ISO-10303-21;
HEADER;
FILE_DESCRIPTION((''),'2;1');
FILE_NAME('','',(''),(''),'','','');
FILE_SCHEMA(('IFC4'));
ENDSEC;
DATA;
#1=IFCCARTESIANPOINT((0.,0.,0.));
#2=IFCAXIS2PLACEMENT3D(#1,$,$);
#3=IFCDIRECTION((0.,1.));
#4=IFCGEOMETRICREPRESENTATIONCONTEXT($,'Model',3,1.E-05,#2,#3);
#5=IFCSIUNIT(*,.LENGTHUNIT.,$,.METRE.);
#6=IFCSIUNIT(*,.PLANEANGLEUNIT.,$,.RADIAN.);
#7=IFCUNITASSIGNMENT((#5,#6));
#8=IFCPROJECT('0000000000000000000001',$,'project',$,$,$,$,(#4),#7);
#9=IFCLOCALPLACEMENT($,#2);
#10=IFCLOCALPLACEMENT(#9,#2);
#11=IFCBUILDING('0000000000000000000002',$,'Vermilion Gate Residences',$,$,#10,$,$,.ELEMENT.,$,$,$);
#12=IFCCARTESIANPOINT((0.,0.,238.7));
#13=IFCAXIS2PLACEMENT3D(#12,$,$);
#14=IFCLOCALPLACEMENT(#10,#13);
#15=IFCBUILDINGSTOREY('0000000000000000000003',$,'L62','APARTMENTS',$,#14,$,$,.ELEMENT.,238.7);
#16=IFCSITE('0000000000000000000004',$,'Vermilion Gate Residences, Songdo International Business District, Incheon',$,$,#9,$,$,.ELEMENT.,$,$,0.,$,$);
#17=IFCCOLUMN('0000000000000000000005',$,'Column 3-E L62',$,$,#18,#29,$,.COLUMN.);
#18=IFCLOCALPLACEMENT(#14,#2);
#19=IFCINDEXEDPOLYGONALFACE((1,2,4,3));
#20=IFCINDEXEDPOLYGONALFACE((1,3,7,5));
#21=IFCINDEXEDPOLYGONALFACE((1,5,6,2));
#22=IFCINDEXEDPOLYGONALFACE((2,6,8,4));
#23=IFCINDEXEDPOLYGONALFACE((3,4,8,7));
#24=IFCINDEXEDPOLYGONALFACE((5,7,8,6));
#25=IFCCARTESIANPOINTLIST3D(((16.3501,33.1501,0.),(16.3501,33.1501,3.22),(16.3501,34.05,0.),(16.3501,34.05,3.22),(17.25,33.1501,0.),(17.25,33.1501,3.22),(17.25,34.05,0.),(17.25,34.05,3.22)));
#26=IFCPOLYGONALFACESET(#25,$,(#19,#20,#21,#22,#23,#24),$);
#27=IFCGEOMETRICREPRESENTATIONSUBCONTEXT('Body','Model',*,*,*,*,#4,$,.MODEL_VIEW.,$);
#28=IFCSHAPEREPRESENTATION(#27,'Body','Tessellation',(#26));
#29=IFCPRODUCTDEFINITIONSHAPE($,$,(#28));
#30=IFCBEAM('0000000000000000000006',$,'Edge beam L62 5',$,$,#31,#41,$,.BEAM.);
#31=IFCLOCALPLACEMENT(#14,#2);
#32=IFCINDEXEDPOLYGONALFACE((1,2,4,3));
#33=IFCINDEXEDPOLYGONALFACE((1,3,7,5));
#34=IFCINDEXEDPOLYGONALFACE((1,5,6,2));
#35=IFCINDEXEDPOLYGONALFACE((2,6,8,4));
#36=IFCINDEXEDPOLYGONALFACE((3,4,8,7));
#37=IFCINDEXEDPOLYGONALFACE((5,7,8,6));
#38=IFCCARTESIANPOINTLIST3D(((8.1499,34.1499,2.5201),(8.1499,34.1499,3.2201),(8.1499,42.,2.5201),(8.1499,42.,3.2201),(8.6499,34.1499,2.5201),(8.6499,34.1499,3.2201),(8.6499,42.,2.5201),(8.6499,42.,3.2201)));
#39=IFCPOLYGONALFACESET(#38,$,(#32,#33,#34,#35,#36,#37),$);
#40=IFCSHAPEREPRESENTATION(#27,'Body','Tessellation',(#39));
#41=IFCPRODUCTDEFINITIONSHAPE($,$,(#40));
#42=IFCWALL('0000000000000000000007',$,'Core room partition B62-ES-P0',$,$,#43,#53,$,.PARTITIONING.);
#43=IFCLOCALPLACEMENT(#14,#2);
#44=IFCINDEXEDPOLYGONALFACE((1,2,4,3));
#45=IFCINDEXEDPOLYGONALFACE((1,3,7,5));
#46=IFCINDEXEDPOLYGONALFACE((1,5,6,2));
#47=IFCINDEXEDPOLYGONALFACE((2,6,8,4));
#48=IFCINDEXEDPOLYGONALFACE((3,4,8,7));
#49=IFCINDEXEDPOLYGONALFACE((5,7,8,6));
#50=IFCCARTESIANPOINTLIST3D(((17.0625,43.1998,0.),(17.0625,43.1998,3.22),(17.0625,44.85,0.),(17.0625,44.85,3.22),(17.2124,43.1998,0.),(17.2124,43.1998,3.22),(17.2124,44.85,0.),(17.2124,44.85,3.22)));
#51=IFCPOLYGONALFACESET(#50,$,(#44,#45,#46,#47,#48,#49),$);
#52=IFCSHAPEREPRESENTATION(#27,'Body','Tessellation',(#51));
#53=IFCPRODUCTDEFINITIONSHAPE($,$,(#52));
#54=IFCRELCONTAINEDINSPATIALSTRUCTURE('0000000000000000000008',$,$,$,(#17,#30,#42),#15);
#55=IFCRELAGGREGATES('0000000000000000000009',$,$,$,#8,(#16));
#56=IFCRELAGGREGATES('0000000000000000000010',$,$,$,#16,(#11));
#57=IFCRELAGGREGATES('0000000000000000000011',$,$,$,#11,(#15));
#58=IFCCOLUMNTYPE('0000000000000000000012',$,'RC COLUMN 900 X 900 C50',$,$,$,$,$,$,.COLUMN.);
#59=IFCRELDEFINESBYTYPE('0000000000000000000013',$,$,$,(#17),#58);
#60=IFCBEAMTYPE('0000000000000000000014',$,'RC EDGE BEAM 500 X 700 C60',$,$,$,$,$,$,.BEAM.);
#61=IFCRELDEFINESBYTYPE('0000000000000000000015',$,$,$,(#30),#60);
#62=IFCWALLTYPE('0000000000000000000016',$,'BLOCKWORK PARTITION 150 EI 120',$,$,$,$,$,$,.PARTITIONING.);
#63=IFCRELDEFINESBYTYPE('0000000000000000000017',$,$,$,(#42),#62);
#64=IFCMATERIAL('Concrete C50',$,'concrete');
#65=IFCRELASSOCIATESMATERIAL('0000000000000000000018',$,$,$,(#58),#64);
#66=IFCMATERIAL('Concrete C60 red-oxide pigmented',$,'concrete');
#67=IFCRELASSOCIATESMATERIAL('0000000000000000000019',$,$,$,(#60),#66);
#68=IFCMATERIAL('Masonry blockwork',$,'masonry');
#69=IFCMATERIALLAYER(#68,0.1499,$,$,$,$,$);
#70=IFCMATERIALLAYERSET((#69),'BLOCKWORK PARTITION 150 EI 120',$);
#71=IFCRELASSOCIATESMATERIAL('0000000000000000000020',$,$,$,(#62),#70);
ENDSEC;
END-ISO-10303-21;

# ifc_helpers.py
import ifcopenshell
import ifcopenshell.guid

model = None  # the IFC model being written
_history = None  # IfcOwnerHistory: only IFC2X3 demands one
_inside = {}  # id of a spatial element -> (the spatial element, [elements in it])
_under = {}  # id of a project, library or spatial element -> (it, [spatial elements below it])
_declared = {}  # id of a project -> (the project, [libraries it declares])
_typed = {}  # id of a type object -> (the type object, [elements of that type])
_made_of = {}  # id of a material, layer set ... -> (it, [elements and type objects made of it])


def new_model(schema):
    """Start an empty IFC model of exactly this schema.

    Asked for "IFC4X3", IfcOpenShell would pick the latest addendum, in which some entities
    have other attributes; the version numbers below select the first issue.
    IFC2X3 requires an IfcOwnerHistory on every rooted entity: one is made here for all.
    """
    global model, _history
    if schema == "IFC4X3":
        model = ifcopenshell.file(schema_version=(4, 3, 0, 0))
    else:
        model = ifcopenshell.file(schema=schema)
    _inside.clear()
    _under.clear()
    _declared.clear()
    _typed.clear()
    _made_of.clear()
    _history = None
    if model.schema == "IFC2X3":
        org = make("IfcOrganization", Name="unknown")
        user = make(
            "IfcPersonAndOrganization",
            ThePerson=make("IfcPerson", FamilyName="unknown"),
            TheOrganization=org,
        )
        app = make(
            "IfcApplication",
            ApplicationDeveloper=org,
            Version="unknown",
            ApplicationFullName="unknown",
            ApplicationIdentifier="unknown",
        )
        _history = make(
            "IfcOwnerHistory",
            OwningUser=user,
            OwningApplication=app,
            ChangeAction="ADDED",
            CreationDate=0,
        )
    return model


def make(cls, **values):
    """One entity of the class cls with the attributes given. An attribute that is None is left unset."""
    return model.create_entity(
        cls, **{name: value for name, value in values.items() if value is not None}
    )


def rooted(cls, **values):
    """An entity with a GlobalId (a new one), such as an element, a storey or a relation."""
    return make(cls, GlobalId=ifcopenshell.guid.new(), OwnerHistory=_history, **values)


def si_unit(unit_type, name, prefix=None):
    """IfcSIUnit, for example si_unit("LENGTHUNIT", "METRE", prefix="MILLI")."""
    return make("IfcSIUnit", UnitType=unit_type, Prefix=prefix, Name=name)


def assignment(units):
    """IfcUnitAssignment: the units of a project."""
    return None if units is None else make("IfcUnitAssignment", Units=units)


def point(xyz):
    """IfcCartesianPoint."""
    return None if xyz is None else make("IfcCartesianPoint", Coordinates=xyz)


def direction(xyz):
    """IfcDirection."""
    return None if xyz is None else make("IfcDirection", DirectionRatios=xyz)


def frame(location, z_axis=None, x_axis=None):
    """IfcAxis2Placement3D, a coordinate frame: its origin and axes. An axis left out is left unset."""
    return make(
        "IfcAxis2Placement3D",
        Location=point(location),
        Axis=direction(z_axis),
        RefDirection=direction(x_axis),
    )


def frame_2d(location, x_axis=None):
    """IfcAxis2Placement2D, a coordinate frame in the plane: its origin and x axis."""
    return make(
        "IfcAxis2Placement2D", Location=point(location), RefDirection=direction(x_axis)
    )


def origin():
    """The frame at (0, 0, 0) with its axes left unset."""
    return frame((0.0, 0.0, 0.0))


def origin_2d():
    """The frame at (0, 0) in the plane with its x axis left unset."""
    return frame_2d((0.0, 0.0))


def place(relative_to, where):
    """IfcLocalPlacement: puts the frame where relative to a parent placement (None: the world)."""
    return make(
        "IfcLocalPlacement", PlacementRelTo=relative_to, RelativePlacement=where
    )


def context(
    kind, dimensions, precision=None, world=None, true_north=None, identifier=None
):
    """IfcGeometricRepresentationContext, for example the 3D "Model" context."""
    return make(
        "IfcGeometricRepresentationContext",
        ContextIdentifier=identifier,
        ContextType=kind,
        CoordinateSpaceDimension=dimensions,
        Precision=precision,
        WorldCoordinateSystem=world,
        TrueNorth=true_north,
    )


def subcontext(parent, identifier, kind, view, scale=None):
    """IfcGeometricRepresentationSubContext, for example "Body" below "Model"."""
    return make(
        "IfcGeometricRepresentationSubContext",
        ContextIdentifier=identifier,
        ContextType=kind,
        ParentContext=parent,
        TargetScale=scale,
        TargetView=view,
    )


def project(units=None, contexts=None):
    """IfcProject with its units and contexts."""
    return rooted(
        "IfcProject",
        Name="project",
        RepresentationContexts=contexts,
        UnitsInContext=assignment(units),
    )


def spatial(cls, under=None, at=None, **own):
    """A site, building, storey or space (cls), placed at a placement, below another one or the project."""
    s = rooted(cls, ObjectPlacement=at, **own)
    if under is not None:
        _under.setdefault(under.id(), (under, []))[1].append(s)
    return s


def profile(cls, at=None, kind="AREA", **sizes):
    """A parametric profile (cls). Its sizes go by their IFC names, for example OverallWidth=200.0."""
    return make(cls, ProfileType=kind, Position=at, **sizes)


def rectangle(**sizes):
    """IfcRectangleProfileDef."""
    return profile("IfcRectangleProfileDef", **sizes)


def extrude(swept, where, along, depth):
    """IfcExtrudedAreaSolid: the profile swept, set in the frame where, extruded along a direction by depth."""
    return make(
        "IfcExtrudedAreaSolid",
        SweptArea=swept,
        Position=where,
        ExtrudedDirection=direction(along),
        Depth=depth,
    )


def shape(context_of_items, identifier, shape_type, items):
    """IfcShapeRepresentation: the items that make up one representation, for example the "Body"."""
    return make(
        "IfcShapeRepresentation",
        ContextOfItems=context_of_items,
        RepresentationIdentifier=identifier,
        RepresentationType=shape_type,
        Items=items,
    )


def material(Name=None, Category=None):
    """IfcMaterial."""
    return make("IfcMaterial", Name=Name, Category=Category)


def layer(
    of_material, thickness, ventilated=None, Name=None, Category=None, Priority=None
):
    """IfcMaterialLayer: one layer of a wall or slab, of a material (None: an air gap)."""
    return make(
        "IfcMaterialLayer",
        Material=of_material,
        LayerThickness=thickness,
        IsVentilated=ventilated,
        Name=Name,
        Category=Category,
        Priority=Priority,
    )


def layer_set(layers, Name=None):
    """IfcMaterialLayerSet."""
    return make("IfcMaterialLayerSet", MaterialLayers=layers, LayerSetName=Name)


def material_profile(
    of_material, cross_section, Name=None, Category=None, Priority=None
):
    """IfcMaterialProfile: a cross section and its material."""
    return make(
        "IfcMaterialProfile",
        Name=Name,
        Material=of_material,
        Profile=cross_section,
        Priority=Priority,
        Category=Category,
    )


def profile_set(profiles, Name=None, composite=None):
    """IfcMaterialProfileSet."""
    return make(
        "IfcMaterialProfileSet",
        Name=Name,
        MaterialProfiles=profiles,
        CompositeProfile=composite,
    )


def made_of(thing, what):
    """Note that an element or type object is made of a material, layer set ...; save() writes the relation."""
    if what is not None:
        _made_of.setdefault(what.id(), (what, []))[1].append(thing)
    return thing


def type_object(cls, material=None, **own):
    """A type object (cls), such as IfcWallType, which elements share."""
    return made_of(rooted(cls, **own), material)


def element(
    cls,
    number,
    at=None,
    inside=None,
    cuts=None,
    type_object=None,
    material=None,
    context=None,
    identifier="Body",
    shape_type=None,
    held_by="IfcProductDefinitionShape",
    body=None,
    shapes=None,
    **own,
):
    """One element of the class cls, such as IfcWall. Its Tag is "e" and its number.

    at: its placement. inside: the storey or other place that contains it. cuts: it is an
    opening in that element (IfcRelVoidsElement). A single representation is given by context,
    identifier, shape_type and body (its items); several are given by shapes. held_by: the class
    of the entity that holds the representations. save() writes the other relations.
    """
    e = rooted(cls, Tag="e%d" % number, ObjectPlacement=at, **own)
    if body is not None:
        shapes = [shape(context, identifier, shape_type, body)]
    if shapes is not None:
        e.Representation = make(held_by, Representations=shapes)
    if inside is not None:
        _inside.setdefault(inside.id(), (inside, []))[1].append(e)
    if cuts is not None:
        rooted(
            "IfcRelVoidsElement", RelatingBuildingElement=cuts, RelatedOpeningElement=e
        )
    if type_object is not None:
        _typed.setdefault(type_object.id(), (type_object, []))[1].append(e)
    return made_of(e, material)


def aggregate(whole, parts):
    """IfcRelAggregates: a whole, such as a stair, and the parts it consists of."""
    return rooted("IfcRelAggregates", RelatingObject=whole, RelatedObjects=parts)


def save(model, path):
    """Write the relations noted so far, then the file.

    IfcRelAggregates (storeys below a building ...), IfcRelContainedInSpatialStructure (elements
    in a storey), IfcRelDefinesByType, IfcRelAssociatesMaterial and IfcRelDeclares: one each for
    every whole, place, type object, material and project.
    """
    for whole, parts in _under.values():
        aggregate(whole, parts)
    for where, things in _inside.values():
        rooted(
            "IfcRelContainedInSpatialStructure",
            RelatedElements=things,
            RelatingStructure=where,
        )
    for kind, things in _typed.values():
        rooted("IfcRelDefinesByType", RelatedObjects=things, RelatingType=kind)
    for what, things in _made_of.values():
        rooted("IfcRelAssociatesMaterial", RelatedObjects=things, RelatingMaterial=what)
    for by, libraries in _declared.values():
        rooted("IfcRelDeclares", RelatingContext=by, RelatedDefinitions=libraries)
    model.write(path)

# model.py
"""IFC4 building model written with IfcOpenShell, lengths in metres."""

from ifc_helpers import new_model, si_unit, direction, frame, frame_2d, origin, origin_2d, place, context, subcontext, project, spatial, rectangle, extrude, material, layer, layer_set, material_profile, profile_set, type_object, element, save


model = new_model("IFC4")

# Units and contexts
model_context = context("Model", 3, precision=1e-05, world=origin(), true_north=direction((0.0, 1.0)))
body_context = subcontext(model_context, "Body", "Model", "MODEL_VIEW")
ifc_project = project(units=[si_unit("LENGTHUNIT", "METRE"), si_unit("PLANEANGLEUNIT", "RADIAN")], contexts=[model_context])

# Site, building, storey
site_placement = place(None, origin())
site = spatial("IfcSite", under=ifc_project, at=site_placement, Name="Vermilion Gate Residences, Songdo International Business District, Incheon", CompositionType="ELEMENT", RefElevation=0.0)
building_placement = place(site_placement, origin())
building = spatial("IfcBuilding", under=site, at=building_placement, Name="Vermilion Gate Residences", CompositionType="ELEMENT")
storey_placement = place(building_placement, frame((0.0, 0.0, 238.7)))
storey = spatial("IfcBuildingStorey", under=building, at=storey_placement, Name="L62", Description="APARTMENTS", CompositionType="ELEMENT", Elevation=238.7)

# Column
ifc_material_1 = material(Name="Concrete C50", Category="concrete")
ifc_material_profile_1 = material_profile(ifc_material_1, rectangle(XDim=0.8999, YDim=0.8999, at=origin_2d()), Name="RC-900x900")
ifc_profile_set_1 = profile_set([ifc_material_profile_1], Name="Concrete C50")
column_type = type_object("IfcColumnType", Name="RC COLUMN 900 X 900 C50", PredefinedType="COLUMN", material=ifc_profile_set_1)
column_placement = place(storey_placement, frame((16.8, 33.6001, 0.0), z_axis=(0.0, 0.0, 1.0), x_axis=(1.0, 0.0, 0.0)))
element("IfcColumn", 1, at=column_placement, inside=storey, type_object=column_type, Name="Column 3-E L62", PredefinedType="COLUMN", context=body_context, shape_type="SweptSolid", body=[
    extrude(rectangle(XDim=0.8999, YDim=0.8999, at=origin_2d()), origin(), (0.0, 0.0, 1.0), 3.22),
])

# Beam
ifc_material_2 = material(Name="Concrete C60 red-oxide pigmented", Category="concrete")
ifc_material_profile_2 = material_profile(ifc_material_2, rectangle(XDim=0.5, YDim=0.7, at=origin_2d()), Name="RC-500x700")
ifc_profile_set_2 = profile_set([ifc_material_profile_2], Name="Concrete C60 red-oxide pigmented")
beam_type = type_object("IfcBeamType", Name="RC EDGE BEAM 500 X 700 C60", PredefinedType="BEAM", material=ifc_profile_set_2)
beam_placement = place(storey_placement, frame((8.3999, 34.1499, 2.8701), z_axis=(0.0, 1.0, 0.0), x_axis=(-1.0, 0.0, 0.0)))
element("IfcBeam", 2, at=beam_placement, inside=storey, type_object=beam_type, Name="Edge beam L62 5", PredefinedType="BEAM", context=body_context, shape_type="SweptSolid", body=[
    extrude(rectangle(XDim=0.5, YDim=0.7, at=origin_2d()), origin(), (0.0, 0.0, 1.0), 7.8501),
])

# Wall
ifc_material_3 = material(Name="Masonry blockwork", Category="masonry")
ifc_layer_1 = layer(ifc_material_3, 0.1499)
ifc_layer_set_1 = layer_set([ifc_layer_1], Name="BLOCKWORK PARTITION 150 EI 120")
wall_type_1 = type_object("IfcWallType", Name="BLOCKWORK PARTITION 150 EI 120", PredefinedType="PARTITIONING", material=ifc_layer_set_1)
wall_1_placement = place(storey_placement, frame((17.1375, 44.8501, 0.0), z_axis=(0.0, 0.0, 1.0), x_axis=(0.0, -1.0, 0.0)))
element("IfcWall", 3, at=wall_1_placement, inside=storey, type_object=wall_type_1, Name="Core room partition B62-ES-P0", PredefinedType="PARTITIONING", context=body_context, shape_type="SweptSolid", body=[
    extrude(rectangle(XDim=1.6501, YDim=0.1499, at=frame_2d((0.8252, 0.0))), origin(), (0.0, 0.0, 1.0), 3.22),
])

save(model, "model.ifc")
